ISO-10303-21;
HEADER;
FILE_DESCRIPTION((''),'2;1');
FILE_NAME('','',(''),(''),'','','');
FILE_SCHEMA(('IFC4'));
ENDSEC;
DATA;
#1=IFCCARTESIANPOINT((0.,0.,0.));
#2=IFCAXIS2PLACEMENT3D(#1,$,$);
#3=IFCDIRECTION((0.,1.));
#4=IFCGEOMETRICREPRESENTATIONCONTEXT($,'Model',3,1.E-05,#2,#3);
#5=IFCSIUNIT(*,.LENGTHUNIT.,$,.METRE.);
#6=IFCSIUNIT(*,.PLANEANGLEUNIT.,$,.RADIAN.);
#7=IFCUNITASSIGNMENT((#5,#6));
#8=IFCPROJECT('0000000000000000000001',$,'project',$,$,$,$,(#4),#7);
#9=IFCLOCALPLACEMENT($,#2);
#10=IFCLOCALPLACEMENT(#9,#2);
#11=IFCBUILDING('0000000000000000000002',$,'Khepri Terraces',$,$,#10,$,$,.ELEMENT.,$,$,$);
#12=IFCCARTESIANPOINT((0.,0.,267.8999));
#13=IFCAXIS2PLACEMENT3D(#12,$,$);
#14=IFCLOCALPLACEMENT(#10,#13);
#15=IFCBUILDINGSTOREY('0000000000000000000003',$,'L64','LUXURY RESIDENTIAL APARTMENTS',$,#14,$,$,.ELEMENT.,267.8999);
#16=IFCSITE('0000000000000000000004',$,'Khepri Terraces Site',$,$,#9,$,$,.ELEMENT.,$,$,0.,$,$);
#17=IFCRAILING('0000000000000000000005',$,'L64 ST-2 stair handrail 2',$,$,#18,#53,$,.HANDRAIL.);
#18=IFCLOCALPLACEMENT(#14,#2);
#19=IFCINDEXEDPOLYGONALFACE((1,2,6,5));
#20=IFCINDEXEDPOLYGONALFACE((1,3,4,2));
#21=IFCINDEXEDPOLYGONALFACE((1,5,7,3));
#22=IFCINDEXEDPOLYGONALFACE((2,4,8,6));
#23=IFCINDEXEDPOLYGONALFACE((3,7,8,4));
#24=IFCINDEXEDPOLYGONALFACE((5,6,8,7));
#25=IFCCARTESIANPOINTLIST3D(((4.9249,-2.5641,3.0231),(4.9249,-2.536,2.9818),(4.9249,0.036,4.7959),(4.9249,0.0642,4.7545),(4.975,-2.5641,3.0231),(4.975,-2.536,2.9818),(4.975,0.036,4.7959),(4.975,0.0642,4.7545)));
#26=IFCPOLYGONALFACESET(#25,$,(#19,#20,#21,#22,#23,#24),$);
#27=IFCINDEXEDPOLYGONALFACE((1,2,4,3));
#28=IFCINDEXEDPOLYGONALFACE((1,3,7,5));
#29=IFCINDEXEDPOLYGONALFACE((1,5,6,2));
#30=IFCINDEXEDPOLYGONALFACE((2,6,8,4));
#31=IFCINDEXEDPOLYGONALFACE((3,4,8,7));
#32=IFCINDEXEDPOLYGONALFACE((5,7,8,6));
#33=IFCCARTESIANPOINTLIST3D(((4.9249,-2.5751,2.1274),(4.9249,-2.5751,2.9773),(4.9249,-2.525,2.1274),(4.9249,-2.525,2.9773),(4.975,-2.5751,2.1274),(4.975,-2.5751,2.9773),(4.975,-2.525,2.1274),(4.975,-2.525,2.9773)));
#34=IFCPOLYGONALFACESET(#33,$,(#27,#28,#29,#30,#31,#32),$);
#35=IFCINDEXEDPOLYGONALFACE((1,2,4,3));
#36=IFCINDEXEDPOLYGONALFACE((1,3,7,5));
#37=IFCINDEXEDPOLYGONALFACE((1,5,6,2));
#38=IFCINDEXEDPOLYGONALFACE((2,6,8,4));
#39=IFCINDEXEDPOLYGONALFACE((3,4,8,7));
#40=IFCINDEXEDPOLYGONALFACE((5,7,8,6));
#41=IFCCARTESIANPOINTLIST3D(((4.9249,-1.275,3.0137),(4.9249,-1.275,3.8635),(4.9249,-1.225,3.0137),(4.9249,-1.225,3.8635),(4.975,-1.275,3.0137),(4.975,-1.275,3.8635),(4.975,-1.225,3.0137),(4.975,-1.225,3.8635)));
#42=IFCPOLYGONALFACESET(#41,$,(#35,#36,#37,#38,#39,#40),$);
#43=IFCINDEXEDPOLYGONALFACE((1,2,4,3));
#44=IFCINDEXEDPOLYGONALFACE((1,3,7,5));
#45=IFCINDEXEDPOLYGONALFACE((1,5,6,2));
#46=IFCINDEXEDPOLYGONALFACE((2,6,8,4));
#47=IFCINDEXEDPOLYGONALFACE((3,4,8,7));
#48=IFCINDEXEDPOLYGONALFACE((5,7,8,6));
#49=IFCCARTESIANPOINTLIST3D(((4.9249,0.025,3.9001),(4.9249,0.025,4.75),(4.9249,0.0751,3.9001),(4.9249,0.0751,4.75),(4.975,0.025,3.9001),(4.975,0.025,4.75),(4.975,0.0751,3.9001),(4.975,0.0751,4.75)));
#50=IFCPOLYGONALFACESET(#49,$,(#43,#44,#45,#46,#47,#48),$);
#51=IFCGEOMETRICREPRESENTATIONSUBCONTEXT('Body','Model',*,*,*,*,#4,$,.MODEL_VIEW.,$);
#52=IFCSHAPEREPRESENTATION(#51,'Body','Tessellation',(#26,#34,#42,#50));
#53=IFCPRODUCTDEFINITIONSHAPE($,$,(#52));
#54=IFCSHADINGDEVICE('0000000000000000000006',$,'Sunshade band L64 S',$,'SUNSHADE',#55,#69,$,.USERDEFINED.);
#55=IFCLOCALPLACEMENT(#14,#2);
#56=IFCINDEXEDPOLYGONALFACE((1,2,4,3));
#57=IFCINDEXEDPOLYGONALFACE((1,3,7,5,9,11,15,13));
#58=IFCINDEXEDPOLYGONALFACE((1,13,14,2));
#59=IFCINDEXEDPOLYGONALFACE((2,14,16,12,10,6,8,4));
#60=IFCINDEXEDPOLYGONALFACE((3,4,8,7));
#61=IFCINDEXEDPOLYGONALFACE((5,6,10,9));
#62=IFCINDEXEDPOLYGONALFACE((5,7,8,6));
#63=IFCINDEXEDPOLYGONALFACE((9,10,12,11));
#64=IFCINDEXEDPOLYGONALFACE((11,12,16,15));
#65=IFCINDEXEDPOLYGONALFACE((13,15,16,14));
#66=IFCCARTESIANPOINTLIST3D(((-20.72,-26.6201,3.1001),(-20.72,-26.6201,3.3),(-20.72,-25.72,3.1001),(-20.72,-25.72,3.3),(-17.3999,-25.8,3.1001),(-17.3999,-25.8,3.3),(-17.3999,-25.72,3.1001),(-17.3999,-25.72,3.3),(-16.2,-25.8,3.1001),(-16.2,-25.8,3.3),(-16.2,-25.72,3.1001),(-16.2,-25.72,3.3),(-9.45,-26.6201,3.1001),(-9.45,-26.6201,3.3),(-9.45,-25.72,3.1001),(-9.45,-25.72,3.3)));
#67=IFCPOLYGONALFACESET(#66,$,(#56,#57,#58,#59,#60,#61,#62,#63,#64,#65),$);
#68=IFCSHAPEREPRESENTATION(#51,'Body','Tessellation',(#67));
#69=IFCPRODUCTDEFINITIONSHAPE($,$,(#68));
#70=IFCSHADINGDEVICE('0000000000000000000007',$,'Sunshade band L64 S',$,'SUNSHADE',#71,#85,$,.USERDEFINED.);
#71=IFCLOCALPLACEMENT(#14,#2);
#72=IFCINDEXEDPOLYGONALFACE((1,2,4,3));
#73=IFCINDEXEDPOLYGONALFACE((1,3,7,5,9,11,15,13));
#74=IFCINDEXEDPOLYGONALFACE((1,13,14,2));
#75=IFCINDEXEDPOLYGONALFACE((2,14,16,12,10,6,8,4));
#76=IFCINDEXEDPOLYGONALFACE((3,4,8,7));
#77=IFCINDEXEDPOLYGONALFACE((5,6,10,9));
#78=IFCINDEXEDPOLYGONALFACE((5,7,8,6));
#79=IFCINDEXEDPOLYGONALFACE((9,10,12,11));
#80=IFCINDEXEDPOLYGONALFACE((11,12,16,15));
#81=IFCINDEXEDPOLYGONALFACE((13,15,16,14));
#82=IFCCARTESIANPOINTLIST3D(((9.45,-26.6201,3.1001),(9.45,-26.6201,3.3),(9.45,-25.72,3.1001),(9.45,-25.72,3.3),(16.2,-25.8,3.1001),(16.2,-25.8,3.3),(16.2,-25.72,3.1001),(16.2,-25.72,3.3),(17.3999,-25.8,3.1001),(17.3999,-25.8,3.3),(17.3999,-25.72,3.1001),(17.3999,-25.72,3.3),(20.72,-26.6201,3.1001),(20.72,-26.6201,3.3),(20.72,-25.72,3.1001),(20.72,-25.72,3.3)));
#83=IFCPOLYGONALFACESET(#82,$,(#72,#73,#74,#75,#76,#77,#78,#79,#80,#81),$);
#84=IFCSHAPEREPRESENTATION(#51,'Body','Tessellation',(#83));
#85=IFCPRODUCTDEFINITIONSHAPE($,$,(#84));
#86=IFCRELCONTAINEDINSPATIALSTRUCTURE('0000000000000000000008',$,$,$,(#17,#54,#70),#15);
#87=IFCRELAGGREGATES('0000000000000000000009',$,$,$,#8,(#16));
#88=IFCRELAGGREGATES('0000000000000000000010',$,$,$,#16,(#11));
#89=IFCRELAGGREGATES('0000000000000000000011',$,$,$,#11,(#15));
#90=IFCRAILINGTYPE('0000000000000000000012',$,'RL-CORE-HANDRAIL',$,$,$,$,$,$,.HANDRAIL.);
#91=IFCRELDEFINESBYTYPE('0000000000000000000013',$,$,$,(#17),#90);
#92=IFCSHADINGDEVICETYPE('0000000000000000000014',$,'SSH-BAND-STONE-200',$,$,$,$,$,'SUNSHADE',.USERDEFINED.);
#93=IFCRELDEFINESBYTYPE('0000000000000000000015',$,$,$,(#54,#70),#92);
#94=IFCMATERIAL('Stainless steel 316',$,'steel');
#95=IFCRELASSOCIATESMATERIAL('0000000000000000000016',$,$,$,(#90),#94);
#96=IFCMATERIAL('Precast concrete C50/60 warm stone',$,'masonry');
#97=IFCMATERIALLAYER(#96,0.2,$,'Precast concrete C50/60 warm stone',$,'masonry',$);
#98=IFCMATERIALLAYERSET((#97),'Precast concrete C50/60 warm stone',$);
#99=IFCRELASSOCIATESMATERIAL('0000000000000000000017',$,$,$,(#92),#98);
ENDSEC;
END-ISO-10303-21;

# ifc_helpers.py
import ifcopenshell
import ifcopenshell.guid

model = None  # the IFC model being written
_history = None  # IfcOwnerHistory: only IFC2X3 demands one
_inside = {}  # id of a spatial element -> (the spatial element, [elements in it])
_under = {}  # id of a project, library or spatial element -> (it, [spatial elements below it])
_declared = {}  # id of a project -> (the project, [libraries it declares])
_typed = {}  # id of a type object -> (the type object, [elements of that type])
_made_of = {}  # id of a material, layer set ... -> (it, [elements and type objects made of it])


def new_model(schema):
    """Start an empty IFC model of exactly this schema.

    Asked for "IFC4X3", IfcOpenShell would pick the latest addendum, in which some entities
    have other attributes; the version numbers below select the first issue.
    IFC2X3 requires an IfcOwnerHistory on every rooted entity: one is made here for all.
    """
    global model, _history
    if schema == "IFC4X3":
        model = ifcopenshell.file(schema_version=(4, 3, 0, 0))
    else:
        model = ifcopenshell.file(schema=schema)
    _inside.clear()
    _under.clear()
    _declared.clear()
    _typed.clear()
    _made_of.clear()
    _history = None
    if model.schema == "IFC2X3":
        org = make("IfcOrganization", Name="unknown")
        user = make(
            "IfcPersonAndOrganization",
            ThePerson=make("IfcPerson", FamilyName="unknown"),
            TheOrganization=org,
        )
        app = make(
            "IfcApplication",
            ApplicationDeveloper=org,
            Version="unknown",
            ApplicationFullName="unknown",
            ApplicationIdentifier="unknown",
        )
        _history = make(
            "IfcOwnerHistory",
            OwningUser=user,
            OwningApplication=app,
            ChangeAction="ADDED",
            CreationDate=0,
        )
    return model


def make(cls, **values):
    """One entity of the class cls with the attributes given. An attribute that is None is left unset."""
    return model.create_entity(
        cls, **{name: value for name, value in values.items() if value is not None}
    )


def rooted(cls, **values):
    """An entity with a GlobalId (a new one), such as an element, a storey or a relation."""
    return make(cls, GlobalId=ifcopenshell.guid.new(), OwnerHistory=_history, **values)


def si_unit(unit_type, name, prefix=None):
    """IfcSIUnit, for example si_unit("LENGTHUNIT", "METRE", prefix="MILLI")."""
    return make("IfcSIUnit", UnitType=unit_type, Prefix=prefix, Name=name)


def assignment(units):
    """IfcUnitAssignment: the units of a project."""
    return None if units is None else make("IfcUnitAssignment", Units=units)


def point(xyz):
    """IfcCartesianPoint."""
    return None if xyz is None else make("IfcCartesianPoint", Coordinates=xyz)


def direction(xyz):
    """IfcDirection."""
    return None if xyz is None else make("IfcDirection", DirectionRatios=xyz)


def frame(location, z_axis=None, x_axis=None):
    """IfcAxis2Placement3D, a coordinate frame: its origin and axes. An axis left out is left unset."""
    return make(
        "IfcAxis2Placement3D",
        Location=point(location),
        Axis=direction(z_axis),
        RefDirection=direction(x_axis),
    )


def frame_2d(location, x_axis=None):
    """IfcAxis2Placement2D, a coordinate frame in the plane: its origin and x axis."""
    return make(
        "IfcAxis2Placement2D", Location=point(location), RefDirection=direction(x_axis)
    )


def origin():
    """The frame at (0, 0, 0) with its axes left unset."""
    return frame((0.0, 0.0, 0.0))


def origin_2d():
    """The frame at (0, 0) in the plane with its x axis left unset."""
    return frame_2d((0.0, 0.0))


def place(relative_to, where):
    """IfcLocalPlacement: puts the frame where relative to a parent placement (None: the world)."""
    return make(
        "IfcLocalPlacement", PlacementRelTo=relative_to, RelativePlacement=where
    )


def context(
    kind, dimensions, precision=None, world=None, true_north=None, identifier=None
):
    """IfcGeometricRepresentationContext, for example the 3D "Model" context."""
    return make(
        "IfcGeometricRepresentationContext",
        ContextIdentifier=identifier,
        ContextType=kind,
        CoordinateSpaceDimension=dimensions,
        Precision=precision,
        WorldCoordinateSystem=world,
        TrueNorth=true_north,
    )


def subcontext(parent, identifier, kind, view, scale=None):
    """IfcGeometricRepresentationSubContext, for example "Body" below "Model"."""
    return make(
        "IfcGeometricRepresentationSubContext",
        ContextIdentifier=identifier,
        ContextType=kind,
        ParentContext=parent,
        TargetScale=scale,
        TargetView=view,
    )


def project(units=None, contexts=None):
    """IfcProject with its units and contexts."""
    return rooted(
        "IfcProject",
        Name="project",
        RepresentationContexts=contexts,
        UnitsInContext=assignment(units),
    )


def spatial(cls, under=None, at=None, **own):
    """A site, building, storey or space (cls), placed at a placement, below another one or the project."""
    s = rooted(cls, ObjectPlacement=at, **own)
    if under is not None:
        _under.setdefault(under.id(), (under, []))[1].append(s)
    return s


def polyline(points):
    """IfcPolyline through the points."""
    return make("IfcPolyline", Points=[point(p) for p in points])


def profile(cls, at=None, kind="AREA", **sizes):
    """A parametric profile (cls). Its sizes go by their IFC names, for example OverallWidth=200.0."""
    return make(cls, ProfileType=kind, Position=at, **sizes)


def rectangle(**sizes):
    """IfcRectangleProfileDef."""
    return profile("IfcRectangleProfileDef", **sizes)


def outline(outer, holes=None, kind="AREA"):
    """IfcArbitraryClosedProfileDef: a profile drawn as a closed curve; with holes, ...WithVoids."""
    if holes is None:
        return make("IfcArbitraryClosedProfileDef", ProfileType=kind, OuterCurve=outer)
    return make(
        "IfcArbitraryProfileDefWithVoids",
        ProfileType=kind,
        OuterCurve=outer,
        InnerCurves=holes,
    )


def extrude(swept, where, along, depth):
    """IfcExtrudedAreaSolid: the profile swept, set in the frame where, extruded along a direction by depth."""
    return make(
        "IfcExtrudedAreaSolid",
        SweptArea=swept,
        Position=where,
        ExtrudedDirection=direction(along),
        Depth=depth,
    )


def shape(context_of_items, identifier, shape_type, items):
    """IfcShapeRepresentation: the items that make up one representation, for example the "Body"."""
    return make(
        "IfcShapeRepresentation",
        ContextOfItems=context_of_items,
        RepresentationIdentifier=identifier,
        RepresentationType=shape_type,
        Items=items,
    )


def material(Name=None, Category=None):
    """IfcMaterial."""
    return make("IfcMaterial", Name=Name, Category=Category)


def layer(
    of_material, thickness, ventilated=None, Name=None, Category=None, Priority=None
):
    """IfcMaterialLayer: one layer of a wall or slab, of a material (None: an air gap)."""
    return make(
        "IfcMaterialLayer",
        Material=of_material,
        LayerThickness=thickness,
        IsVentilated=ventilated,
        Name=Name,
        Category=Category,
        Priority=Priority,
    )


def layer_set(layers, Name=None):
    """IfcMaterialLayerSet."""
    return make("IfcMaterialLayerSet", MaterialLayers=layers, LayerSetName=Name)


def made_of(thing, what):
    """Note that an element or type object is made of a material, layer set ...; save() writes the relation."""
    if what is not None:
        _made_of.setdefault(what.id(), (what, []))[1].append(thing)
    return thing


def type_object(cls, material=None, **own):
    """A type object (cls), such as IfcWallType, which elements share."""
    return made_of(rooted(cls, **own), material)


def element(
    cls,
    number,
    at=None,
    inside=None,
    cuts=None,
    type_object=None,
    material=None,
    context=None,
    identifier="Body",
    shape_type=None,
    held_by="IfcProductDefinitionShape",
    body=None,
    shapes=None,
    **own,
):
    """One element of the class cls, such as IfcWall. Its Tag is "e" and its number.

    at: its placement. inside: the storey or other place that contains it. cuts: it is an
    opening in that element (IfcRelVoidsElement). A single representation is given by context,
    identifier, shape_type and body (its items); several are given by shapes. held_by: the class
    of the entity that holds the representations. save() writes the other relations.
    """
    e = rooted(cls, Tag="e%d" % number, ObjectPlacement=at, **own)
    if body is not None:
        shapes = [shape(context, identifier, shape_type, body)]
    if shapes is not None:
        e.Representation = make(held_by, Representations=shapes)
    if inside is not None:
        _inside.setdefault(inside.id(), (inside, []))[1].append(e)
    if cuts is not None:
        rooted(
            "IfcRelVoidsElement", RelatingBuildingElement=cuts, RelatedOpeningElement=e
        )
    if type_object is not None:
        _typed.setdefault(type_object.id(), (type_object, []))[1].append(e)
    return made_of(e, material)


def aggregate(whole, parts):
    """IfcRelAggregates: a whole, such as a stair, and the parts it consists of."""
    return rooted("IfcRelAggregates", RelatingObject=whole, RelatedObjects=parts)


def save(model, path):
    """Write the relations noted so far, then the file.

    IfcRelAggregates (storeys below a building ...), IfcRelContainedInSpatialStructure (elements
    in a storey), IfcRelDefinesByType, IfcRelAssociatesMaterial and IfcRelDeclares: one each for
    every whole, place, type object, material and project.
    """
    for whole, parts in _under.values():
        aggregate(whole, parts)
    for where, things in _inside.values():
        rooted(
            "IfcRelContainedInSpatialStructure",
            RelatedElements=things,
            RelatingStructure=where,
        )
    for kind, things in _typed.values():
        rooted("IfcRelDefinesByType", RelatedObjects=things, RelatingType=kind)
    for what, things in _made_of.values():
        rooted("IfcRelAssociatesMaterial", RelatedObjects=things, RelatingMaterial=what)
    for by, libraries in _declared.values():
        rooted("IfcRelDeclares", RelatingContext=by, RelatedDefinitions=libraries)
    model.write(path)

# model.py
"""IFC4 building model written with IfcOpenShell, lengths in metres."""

from ifc_helpers import new_model, si_unit, direction, frame, origin, origin_2d, place, context, subcontext, project, spatial, polyline, rectangle, outline, extrude, material, layer, layer_set, type_object, element, save


model = new_model("IFC4")

# Units and contexts
model_context = context("Model", 3, precision=1e-05, world=origin(), true_north=direction((0.0, 1.0)))
body_context = subcontext(model_context, "Body", "Model", "MODEL_VIEW")
ifc_project = project(units=[si_unit("LENGTHUNIT", "METRE"), si_unit("PLANEANGLEUNIT", "RADIAN")], contexts=[model_context])

# Site, building, storey
site_placement = place(None, origin())
site = spatial("IfcSite", under=ifc_project, at=site_placement, Name="Khepri Terraces Site", CompositionType="ELEMENT", RefElevation=0.0)
building_placement = place(site_placement, origin())
building = spatial("IfcBuilding", under=site, at=building_placement, Name="Khepri Terraces", CompositionType="ELEMENT")
storey_placement = place(building_placement, frame((0.0, 0.0, 267.8999)))
storey = spatial("IfcBuildingStorey", under=building, at=storey_placement, Name="L64", Description="LUXURY RESIDENTIAL APARTMENTS", CompositionType="ELEMENT", Elevation=267.8999)

# Shared definitions
ifc_material_1 = material(Name="Precast concrete C50/60 warm stone", Category="masonry")

# Railing
ifc_material_2 = material(Name="Stainless steel 316", Category="steel")
railing_type_1 = type_object("IfcRailingType", Name="RL-CORE-HANDRAIL", PredefinedType="HANDRAIL", material=ifc_material_2)
railing_1_placement = place(storey_placement, frame((4.95, -2.55, 2.1274)))
element("IfcRailing", 1, at=railing_1_placement, inside=storey, type_object=railing_type_1, Name="L64 ST-2 stair handrail 2", PredefinedType="HANDRAIL", context=body_context, shape_type="SweptSolid", body=[
    extrude(rectangle(XDim=0.05, YDim=0.05, at=origin_2d()), frame((0.0, 0.0, 0.875), z_axis=(0.0, 0.82624, 0.563318), x_axis=(-1.0, 0.0, 0.0)), (0.0, 0.0, 1.0), 3.147),
    extrude(rectangle(XDim=0.05, YDim=0.05, at=origin_2d()), origin(), (0.0, 0.0, 1.0), 0.8499),
    extrude(rectangle(XDim=0.05, YDim=0.05, at=origin_2d()), frame((0.0, 1.3, 0.8862)), (0.0, 0.0, 1.0), 0.8499),
    extrude(rectangle(XDim=0.05, YDim=0.05, at=origin_2d()), frame((0.0, 2.6001, 1.7727)), (0.0, 0.0, 1.0), 0.8499),
])

# Shading devices
ifc_layer_1 = layer(ifc_material_1, 0.2, Name="Precast concrete C50/60 warm stone", Category="masonry")
ifc_layer_set_1 = layer_set([ifc_layer_1], Name="Precast concrete C50/60 warm stone")
shading_device_type = type_object("IfcShadingDeviceType", Name="SSH-BAND-STONE-200", ElementType="SUNSHADE", PredefinedType="USERDEFINED", material=ifc_layer_set_1)
shading_device_1_placement = place(storey_placement, frame((0.0, 0.0, 3.1001)))
element("IfcShadingDevice", 2, at=shading_device_1_placement, inside=storey, type_object=shading_device_type, Name="Sunshade band L64 S", ObjectType="SUNSHADE", PredefinedType="USERDEFINED", context=body_context, shape_type="SweptSolid", body=[
    extrude(outline(polyline([(-17.3999, -25.72), (-20.72, -25.72), (-20.72, -26.6201), (-9.45, -26.6201), (-9.45, -25.72), (-16.2, -25.72), (-16.2, -25.8), (-17.3999, -25.8), (-17.3999, -25.72)])), origin(), (0.0, 0.0, 1.0), 0.2),
])
shading_device_2_placement = place(storey_placement, frame((0.0, 0.0, 3.1001)))
element("IfcShadingDevice", 3, at=shading_device_2_placement, inside=storey, type_object=shading_device_type, Name="Sunshade band L64 S", ObjectType="SUNSHADE", PredefinedType="USERDEFINED", context=body_context, shape_type="SweptSolid", body=[
    extrude(outline(polyline([(16.2, -25.72), (9.45, -25.72), (9.45, -26.6201), (20.72, -26.6201), (20.72, -25.72), (17.3999, -25.72), (17.3999, -25.8), (16.2, -25.8), (16.2, -25.72)])), origin(), (0.0, 0.0, 1.0), 0.2),
])

save(model, "model.ifc")
